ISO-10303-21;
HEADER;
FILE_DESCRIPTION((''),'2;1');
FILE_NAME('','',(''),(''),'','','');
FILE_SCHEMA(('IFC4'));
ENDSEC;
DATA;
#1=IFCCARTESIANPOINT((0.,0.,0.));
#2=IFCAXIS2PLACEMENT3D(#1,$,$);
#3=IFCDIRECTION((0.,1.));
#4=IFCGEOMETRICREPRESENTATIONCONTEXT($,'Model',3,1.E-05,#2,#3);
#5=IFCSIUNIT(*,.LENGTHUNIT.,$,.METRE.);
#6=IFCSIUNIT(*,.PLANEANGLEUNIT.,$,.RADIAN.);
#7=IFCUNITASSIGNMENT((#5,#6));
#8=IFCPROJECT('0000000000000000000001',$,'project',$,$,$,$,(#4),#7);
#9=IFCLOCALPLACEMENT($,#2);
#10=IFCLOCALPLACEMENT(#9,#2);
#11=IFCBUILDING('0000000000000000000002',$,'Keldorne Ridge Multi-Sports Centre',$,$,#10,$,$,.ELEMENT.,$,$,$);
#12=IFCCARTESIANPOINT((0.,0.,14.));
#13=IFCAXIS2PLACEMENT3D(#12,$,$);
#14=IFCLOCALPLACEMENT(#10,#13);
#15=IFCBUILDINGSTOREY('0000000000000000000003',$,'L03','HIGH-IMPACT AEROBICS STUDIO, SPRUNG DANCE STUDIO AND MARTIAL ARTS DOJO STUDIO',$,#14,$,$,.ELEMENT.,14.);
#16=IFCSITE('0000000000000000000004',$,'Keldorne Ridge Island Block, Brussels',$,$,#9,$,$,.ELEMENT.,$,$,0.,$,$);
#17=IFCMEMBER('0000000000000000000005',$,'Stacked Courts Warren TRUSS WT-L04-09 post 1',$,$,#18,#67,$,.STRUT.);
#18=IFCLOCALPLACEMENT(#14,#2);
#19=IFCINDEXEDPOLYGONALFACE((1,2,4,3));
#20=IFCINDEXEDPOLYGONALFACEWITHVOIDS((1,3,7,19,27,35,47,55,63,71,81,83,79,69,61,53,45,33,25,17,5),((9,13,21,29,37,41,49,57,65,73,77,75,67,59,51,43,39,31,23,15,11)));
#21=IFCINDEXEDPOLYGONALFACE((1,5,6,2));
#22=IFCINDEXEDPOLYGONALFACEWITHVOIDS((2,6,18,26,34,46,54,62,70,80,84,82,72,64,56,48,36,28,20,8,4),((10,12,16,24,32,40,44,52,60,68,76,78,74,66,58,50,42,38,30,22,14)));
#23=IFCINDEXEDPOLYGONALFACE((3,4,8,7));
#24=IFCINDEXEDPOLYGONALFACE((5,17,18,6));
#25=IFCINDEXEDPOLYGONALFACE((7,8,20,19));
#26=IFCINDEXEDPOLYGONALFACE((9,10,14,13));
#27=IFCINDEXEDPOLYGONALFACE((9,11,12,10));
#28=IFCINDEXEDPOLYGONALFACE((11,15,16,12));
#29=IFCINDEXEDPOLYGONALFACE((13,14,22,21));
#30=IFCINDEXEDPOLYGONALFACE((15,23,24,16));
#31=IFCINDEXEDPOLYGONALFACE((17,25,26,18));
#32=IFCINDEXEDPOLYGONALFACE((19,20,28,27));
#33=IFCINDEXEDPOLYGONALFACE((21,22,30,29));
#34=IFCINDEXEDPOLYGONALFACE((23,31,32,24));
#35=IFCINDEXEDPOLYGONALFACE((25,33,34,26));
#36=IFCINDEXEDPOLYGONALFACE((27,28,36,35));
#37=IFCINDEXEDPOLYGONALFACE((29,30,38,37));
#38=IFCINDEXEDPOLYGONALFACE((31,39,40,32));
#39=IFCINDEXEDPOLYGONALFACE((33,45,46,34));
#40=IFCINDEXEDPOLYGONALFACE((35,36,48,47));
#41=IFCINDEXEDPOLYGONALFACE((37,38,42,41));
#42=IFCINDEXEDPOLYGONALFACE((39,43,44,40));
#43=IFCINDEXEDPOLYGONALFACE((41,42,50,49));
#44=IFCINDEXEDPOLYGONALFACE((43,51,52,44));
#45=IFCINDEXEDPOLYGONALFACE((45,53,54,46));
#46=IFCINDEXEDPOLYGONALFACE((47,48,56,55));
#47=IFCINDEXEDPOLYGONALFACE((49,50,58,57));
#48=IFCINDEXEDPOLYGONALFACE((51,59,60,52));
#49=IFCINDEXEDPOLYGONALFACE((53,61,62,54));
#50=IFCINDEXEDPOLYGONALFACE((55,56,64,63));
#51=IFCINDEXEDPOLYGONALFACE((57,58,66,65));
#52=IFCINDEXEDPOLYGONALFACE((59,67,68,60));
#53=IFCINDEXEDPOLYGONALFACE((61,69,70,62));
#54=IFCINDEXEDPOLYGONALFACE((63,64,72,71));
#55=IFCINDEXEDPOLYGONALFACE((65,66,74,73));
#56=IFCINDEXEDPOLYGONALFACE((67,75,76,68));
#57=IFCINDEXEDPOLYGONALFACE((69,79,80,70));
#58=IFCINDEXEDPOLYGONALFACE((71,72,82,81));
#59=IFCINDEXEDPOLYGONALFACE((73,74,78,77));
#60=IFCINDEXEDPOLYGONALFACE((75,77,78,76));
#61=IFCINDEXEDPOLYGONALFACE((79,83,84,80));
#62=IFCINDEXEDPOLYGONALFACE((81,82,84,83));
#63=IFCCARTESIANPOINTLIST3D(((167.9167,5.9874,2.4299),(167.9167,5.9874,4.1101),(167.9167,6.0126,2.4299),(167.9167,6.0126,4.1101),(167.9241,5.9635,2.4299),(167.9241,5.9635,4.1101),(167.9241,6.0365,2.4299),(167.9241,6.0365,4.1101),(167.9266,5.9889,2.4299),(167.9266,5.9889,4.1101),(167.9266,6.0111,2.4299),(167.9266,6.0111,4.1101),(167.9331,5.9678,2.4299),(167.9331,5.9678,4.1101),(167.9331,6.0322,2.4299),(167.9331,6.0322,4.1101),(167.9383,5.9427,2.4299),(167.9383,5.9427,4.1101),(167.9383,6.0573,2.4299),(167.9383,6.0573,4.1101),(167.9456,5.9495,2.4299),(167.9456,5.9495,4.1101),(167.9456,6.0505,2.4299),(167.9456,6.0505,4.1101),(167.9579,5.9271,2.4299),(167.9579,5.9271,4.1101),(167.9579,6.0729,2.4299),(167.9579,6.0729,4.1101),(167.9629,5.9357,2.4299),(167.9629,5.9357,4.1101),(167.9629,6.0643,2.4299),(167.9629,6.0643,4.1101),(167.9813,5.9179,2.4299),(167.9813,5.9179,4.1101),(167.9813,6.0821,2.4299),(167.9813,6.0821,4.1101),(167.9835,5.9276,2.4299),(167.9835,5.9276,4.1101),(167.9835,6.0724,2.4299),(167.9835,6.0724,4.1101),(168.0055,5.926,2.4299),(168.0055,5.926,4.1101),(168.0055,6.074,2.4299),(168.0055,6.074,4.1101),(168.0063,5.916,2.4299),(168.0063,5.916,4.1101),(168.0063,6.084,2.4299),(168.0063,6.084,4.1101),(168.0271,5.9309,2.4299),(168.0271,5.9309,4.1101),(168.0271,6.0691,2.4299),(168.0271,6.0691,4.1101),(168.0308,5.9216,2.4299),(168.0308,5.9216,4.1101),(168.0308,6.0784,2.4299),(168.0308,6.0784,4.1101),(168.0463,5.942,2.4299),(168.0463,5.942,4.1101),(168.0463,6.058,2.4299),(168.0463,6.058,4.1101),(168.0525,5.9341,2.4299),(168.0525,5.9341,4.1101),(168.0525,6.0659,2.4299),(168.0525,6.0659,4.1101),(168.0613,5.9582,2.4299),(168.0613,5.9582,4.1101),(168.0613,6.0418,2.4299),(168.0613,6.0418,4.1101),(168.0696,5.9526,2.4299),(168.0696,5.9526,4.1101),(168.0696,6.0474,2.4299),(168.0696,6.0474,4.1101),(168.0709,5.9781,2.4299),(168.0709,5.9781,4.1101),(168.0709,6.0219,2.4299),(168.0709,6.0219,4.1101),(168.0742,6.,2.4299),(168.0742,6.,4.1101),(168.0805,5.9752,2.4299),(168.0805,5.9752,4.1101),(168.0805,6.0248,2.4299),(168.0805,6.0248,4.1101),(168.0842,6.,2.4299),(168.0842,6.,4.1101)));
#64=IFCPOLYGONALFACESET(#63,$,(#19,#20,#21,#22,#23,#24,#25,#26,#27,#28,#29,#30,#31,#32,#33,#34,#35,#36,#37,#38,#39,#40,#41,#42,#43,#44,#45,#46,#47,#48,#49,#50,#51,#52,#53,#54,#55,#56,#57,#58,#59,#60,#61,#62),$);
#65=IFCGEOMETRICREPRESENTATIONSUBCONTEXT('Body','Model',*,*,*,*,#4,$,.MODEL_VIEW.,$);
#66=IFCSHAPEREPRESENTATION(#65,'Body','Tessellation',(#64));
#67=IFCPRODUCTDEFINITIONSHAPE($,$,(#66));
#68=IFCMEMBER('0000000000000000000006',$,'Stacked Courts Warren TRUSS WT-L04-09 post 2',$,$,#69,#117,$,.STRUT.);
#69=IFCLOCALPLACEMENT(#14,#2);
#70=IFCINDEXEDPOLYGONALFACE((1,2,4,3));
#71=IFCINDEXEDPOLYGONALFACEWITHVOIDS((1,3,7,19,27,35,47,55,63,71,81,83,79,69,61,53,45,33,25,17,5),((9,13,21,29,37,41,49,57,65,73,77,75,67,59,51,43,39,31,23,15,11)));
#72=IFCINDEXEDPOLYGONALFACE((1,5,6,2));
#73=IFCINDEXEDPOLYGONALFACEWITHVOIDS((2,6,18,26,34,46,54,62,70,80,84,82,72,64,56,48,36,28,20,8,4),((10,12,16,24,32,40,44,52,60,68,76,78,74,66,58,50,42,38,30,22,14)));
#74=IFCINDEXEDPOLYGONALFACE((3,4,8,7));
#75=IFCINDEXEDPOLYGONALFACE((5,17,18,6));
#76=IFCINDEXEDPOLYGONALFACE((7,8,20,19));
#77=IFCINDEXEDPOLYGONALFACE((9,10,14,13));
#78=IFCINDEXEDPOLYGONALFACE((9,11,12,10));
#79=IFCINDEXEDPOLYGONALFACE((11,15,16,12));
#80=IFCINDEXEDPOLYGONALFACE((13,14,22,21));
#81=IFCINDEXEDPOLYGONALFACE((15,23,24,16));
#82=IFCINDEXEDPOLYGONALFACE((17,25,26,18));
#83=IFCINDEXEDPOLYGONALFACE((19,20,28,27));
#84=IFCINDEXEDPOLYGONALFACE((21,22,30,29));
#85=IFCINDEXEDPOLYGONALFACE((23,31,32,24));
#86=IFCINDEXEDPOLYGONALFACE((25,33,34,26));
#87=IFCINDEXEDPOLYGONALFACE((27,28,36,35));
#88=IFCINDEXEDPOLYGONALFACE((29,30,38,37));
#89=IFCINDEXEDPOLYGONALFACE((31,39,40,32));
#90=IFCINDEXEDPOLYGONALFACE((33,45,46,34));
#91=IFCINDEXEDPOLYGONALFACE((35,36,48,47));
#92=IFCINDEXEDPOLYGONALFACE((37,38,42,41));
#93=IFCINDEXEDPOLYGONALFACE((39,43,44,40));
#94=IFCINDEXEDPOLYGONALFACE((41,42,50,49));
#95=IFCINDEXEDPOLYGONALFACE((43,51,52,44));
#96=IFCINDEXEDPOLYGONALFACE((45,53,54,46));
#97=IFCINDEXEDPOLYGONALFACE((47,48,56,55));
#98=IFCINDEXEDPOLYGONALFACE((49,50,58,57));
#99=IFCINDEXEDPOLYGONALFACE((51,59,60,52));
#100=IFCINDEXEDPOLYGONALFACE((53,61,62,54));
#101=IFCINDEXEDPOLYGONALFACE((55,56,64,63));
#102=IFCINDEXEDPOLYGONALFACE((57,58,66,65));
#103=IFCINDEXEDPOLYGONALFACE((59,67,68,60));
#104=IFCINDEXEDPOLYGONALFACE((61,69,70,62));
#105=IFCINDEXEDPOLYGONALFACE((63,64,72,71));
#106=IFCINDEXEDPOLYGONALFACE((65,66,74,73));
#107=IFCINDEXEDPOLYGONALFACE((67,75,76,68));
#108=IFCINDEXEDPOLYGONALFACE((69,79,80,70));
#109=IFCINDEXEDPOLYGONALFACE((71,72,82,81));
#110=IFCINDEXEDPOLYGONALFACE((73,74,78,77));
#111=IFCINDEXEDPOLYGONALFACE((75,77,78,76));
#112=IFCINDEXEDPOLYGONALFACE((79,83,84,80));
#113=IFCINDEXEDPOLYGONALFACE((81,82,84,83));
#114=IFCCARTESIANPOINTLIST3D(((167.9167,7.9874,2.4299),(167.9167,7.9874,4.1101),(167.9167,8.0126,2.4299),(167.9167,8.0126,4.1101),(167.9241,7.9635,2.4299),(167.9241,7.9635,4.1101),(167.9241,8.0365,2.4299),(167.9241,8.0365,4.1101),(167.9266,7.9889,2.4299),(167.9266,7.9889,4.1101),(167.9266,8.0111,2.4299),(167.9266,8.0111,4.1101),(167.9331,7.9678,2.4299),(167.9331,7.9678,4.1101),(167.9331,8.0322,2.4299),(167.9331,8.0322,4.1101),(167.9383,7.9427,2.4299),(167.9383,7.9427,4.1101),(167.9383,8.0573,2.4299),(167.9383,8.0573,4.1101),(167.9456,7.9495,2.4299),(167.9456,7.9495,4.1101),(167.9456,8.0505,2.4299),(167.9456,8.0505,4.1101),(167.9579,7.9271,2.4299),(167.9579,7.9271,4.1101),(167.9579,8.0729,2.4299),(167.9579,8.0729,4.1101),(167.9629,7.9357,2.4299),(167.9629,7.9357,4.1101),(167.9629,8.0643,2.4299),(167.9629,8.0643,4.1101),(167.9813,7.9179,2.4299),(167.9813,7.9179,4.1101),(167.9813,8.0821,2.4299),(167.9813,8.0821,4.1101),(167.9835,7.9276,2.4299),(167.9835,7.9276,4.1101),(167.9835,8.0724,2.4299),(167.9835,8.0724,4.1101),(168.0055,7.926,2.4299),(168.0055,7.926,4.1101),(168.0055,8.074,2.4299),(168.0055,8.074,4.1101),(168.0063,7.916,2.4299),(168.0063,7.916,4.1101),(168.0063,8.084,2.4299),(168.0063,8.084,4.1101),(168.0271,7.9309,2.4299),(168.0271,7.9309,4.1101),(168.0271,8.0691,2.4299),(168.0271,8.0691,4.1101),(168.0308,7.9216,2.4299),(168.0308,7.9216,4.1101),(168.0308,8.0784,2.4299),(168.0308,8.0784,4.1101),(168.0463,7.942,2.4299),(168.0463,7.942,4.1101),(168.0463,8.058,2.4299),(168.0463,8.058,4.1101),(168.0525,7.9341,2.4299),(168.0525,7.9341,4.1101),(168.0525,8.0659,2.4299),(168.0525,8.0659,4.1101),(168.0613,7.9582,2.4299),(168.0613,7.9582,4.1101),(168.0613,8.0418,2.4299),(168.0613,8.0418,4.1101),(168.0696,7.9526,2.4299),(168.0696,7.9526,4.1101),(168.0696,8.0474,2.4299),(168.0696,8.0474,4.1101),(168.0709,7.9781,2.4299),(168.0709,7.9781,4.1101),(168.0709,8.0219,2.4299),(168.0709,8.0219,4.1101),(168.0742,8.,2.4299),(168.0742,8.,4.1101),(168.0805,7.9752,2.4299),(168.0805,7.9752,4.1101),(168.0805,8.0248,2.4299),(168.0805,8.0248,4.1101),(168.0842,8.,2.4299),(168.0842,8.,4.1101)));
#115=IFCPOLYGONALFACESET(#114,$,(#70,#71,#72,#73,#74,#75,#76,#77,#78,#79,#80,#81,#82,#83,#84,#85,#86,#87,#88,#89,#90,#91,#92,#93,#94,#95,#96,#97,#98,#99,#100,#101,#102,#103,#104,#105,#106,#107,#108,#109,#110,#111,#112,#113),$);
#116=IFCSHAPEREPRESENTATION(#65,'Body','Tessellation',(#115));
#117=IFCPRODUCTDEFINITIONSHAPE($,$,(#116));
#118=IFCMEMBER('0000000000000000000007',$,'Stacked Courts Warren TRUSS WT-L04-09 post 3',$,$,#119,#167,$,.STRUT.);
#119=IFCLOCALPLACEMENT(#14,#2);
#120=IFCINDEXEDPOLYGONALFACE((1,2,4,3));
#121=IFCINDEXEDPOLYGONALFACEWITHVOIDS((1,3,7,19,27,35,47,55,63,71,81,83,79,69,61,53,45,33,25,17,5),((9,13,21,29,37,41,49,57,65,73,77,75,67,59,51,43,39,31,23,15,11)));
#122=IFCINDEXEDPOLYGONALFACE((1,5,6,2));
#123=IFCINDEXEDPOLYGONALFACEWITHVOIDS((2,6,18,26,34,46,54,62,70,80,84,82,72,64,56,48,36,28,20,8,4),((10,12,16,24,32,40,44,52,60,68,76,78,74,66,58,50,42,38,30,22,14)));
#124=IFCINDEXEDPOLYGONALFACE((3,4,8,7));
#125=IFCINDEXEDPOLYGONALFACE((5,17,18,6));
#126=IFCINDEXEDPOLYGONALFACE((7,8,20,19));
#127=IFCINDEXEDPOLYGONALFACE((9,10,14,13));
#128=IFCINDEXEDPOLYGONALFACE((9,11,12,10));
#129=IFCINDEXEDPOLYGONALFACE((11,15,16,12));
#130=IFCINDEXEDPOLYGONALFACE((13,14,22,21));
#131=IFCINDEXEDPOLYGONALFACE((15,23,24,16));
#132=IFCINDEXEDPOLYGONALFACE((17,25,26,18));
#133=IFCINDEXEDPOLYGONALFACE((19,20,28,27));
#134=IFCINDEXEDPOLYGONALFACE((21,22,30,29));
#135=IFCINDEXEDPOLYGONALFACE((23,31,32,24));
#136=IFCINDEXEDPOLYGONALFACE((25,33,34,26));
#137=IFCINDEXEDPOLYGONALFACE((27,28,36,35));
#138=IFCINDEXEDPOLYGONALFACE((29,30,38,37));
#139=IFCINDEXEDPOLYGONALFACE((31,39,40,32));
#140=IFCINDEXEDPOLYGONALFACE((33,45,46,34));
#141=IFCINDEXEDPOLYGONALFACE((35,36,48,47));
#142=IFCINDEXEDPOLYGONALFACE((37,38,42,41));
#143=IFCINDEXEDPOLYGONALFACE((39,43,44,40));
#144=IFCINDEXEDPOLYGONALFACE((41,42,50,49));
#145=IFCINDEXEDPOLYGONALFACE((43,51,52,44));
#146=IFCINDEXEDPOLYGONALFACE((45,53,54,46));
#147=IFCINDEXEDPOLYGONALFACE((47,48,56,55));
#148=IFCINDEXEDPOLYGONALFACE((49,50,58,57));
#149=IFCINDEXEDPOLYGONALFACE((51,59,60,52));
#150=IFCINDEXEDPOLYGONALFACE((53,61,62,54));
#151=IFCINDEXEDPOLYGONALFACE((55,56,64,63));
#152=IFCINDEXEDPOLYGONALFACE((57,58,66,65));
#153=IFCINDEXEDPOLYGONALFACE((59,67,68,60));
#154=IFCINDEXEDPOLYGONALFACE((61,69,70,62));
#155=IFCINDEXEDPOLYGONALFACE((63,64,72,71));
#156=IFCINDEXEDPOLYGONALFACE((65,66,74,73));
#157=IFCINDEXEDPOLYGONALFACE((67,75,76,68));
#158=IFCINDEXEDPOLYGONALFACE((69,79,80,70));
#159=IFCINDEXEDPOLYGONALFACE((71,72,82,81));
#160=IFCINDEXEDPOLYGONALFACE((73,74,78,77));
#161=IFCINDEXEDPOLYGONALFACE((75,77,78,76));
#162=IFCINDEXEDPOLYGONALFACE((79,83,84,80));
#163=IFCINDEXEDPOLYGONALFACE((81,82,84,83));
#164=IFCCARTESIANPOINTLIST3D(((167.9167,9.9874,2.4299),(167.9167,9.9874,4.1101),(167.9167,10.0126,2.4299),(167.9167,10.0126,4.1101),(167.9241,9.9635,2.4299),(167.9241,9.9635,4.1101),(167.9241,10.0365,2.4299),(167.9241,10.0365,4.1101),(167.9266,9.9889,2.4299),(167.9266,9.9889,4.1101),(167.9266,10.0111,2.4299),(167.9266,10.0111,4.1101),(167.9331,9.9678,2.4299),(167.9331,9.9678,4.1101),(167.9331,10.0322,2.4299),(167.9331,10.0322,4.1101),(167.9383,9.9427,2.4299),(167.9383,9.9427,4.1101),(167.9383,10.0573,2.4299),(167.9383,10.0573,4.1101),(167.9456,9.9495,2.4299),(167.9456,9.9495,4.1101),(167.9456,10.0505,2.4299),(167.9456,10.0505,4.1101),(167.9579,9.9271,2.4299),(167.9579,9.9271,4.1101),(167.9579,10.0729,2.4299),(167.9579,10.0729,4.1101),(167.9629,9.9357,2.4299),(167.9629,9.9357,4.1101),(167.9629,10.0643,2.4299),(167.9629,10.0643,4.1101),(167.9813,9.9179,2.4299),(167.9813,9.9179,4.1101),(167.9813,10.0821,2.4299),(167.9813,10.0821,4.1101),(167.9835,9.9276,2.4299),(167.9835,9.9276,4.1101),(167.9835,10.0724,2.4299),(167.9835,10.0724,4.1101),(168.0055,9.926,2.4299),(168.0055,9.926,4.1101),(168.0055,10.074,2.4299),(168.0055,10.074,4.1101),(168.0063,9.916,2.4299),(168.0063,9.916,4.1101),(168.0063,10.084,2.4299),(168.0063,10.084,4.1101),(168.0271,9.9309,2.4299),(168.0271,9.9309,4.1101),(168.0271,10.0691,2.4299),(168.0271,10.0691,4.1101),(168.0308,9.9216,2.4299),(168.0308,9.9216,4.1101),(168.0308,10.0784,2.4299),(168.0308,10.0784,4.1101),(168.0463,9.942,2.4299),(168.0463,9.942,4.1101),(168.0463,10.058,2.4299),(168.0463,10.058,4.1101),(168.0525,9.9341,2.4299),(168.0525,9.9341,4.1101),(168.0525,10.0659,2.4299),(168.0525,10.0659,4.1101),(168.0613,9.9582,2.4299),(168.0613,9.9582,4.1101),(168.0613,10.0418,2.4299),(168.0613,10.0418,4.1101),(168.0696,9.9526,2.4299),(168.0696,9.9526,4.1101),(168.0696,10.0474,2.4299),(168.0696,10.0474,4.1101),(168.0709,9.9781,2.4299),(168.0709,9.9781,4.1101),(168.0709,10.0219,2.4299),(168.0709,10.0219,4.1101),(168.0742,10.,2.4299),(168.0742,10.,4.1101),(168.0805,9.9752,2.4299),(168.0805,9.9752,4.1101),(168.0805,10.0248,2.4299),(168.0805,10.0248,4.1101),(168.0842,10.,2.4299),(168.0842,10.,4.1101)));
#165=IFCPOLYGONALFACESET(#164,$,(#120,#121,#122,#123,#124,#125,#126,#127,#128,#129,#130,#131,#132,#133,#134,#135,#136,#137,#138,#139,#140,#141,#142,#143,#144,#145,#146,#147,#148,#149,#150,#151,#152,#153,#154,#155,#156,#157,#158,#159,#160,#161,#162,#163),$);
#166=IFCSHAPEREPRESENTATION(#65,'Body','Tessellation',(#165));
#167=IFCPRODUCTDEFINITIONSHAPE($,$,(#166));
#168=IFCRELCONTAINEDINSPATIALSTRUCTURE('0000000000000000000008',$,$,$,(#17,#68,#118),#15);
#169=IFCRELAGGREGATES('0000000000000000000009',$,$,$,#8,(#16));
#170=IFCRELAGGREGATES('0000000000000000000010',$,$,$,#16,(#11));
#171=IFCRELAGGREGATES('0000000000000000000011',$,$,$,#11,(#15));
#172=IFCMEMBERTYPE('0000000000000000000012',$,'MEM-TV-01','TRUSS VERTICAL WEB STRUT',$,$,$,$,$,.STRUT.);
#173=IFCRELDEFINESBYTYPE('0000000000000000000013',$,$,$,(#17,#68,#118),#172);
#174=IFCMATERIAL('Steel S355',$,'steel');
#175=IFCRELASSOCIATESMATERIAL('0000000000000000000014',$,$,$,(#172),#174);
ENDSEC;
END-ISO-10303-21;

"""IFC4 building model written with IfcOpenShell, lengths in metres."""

from ifc_helpers import new_model, si_unit, direction, frame, origin, origin_2d, place, context, subcontext, project, spatial, hollow_circle, extrude, material, material_profile, profile_set, type_object, element, save


model = new_model("IFC4")

# Units and contexts
model_context = context("Model", 3, precision=1e-05, world=origin(), true_north=direction((0.0, 1.0)))
body_context = subcontext(model_context, "Body", "Model", "MODEL_VIEW")
ifc_project = project(units=[si_unit("LENGTHUNIT", "METRE"), si_unit("PLANEANGLEUNIT", "RADIAN")], contexts=[model_context])

# Site, building, storey
site_placement = place(None, origin())
site = spatial("IfcSite", under=ifc_project, at=site_placement, Name="Keldorne Ridge Island Block, Brussels", CompositionType="ELEMENT", RefElevation=0.0)
building_placement = place(site_placement, origin())
building = spatial("IfcBuilding", under=site, at=building_placement, Name="Keldorne Ridge Multi-Sports Centre", CompositionType="ELEMENT")
storey_placement = place(building_placement, frame((0.0, 0.0, 14.0)))
storey = spatial("IfcBuildingStorey", under=building, at=storey_placement, Name="L03", Description="HIGH-IMPACT AEROBICS STUDIO, SPRUNG DANCE STUDIO AND MARTIAL ARTS DOJO STUDIO", CompositionType="ELEMENT", Elevation=14.0)

# Shared definitions
ifc_material_1 = material(Name="Steel S355", Category="steel")

# Members
ifc_material_profile_1 = material_profile(ifc_material_1, hollow_circle(Radius=0.0842, WallThickness=0.01, at=origin_2d()), Name="CHS 168.3x10")
ifc_profile_set_1 = profile_set([ifc_material_profile_1], Name="Steel S355")
member_type_1 = type_object("IfcMemberType", Name="MEM-TV-01", Description="TRUSS VERTICAL WEB STRUT", PredefinedType="STRUT", material=ifc_profile_set_1)
for number, where, z_axis, x_axis, name in (
    (1, (168.0, 6.0, 2.4299), (0.0, 0.0, 1.0), (1.0, 0.0, 0.0), "Stacked Courts Warren TRUSS WT-L04-09 post 1"),
    (2, (168.0, 8.0, 2.4299), (0.0, 0.0, 1.0), (1.0, 0.0, 0.0), "Stacked Courts Warren TRUSS WT-L04-09 post 2"),
    (3, (168.0, 10.0, 2.4299), (0.0, 0.0, 1.0), (1.0, 0.0, 0.0), "Stacked Courts Warren TRUSS WT-L04-09 post 3"),
):
    element("IfcMember", number, at=place(storey_placement, frame(where, z_axis=z_axis, x_axis=x_axis)), inside=storey, type_object=member_type_1, Name=name, PredefinedType="STRUT", context=body_context, shape_type="SweptSolid", body=[
        extrude(hollow_circle(Radius=0.0842, WallThickness=0.01, at=origin_2d()), origin(), (0.0, 0.0, 1.0), 1.6802),
    ])

save(model, "model.ifc")
